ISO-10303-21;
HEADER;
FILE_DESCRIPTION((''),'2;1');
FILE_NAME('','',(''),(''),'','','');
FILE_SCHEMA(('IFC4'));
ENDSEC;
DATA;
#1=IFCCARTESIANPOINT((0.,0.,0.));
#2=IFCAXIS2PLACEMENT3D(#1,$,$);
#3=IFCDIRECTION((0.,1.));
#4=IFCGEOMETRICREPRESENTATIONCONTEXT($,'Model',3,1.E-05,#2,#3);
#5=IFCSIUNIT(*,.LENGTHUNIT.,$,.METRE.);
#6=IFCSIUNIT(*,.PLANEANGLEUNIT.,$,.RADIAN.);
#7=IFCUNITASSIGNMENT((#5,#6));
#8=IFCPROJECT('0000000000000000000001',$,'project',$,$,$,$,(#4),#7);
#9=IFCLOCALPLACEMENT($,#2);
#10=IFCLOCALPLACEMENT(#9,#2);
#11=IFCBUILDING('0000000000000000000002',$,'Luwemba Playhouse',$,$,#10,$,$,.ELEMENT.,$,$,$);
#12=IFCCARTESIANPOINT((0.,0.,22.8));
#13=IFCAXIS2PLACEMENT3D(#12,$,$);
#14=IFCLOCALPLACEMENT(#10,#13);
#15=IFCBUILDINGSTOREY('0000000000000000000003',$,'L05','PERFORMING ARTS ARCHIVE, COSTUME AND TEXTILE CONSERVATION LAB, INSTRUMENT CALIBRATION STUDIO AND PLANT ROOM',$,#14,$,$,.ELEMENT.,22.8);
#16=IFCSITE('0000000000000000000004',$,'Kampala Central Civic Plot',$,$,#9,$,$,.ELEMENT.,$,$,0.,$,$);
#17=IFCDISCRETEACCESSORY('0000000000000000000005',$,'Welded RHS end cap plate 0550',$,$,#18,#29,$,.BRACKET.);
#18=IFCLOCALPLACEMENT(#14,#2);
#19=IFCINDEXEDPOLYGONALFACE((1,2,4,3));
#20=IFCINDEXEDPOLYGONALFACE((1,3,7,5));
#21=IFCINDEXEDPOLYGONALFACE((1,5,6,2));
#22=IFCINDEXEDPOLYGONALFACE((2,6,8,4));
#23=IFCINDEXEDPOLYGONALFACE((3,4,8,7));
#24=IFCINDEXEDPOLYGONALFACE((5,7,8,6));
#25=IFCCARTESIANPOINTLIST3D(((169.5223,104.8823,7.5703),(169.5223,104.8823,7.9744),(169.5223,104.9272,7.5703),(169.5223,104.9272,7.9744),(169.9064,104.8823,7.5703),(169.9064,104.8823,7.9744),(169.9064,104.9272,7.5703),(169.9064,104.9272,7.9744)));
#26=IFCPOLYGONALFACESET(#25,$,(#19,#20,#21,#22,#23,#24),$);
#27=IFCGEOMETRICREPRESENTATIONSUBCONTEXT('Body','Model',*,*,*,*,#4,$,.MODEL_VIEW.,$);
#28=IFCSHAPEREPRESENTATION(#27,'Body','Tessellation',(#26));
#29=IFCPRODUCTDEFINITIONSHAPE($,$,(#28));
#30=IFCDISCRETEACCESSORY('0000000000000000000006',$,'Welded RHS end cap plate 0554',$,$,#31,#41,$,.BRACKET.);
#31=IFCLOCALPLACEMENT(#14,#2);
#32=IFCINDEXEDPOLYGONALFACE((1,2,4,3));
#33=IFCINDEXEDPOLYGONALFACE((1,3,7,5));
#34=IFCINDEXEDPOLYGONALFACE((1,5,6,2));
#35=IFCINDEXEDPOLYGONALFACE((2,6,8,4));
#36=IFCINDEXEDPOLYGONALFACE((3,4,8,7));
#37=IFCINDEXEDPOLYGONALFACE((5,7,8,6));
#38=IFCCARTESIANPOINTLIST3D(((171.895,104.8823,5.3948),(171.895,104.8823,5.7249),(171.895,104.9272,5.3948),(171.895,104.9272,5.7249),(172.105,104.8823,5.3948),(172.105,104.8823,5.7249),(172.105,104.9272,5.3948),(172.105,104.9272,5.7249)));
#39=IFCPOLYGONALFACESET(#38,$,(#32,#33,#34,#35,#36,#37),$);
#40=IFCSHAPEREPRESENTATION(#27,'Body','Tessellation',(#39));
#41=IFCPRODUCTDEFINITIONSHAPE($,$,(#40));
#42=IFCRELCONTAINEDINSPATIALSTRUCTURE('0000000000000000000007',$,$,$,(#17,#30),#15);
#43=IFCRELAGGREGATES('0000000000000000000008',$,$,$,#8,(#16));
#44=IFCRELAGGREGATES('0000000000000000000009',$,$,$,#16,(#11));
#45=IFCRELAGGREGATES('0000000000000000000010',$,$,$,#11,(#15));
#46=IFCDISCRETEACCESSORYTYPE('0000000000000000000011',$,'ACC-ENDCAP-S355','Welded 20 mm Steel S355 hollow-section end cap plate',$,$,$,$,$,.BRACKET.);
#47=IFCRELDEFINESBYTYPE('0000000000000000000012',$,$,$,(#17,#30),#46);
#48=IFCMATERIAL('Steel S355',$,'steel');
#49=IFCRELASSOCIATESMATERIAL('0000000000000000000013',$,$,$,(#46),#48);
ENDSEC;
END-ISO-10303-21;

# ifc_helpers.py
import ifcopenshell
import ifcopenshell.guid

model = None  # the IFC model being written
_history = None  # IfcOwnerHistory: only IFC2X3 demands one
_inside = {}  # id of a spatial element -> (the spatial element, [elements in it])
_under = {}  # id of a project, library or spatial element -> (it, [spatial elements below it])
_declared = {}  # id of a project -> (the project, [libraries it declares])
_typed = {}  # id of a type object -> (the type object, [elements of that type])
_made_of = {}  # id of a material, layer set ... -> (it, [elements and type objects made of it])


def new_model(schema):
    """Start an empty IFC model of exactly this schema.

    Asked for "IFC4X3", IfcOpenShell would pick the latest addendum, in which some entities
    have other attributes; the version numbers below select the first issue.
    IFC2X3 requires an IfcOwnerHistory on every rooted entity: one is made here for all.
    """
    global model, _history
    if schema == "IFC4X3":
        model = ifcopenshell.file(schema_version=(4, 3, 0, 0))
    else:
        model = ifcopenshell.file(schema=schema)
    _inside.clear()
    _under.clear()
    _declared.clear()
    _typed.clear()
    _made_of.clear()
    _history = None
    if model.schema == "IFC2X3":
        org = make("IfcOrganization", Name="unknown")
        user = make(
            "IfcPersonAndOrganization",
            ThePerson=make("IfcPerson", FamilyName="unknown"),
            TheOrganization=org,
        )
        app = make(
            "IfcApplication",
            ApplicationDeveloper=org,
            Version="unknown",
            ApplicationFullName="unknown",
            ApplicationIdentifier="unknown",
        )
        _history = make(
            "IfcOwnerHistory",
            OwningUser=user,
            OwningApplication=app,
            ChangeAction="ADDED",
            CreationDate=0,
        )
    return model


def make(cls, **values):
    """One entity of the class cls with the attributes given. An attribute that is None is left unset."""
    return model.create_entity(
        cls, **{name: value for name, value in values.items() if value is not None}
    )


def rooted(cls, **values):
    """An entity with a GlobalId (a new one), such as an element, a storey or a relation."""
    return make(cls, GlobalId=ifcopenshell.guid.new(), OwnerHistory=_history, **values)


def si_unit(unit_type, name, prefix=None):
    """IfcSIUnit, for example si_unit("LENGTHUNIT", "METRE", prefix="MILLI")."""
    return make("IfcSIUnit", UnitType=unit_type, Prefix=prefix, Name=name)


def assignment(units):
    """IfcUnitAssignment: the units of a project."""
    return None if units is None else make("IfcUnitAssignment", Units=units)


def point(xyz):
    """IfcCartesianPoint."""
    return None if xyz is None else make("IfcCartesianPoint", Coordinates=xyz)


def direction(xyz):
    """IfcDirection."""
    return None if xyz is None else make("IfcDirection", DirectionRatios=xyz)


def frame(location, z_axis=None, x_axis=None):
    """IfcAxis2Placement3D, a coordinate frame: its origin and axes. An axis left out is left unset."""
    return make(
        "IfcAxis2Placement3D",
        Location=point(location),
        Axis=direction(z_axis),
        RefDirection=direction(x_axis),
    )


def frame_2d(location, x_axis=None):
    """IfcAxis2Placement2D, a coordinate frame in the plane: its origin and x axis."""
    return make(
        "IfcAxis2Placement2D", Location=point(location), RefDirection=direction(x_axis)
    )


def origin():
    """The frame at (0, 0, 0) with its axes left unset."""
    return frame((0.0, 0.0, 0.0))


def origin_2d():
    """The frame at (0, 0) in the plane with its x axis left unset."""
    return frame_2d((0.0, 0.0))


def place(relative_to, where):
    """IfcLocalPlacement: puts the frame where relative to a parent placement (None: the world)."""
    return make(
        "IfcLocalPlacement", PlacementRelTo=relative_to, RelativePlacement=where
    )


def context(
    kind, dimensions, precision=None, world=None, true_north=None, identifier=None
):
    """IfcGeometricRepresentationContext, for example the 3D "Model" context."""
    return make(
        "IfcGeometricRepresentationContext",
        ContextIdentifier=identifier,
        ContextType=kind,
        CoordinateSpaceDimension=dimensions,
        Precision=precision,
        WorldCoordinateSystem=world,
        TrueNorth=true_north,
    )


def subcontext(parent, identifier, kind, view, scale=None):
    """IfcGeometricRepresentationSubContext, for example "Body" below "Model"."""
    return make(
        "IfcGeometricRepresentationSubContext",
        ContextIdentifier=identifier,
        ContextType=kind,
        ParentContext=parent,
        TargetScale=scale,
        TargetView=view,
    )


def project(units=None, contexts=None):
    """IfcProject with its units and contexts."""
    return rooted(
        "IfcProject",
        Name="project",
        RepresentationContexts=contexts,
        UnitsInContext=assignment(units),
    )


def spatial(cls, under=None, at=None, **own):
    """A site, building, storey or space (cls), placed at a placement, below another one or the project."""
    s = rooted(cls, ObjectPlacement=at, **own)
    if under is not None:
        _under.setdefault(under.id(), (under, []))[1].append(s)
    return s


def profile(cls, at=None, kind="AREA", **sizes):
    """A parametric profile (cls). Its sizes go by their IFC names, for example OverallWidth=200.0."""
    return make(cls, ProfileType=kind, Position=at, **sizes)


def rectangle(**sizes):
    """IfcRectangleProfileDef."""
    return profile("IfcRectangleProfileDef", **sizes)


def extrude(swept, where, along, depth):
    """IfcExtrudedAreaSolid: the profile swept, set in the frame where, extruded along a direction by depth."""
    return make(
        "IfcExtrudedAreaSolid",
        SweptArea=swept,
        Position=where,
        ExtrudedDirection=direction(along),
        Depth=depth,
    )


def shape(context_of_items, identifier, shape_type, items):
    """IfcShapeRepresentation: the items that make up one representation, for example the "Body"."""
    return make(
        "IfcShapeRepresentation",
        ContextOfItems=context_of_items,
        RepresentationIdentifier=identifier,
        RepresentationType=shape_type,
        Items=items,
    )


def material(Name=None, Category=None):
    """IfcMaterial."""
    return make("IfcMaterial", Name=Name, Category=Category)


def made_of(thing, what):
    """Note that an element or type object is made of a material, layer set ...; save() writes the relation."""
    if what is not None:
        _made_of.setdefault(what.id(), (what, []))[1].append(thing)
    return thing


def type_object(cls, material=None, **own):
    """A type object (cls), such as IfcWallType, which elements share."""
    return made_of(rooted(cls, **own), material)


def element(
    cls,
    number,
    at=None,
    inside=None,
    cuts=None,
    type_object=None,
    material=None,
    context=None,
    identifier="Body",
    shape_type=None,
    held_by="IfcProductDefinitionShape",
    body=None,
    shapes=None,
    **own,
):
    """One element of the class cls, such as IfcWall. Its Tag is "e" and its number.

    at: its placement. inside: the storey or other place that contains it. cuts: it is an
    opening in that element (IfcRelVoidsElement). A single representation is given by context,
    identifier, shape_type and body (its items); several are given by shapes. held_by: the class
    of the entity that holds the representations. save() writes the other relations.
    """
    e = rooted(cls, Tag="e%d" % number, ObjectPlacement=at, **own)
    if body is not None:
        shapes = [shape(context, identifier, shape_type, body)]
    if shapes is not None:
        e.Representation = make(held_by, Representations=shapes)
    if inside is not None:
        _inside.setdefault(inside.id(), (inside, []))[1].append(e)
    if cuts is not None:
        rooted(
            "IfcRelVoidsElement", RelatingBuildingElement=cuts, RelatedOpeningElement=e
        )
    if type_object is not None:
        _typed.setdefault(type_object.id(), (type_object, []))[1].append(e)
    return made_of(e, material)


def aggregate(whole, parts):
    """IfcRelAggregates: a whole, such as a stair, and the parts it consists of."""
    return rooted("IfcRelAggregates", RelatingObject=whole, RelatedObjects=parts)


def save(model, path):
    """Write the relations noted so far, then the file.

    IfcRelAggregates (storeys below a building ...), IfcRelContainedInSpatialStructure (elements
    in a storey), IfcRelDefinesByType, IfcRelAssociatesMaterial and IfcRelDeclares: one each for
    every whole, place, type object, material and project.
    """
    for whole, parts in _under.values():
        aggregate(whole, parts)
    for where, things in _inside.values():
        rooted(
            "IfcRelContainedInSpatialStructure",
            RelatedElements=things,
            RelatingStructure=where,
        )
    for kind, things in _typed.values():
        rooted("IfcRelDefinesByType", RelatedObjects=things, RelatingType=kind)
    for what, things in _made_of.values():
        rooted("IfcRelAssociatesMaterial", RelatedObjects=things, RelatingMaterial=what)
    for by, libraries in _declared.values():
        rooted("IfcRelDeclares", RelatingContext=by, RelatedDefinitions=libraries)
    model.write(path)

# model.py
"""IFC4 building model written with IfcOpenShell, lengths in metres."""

from ifc_helpers import new_model, si_unit, direction, frame, origin, origin_2d, place, context, subcontext, project, spatial, rectangle, extrude, material, type_object, element, save


model = new_model("IFC4")

# Units and contexts
model_context = context("Model", 3, precision=1e-05, world=origin(), true_north=direction((0.0, 1.0)))
body_context = subcontext(model_context, "Body", "Model", "MODEL_VIEW")
ifc_project = project(units=[si_unit("LENGTHUNIT", "METRE"), si_unit("PLANEANGLEUNIT", "RADIAN")], contexts=[model_context])

# Site, building, storey
site_placement = place(None, origin())
site = spatial("IfcSite", under=ifc_project, at=site_placement, Name="Kampala Central Civic Plot", CompositionType="ELEMENT", RefElevation=0.0)
building_placement = place(site_placement, origin())
building = spatial("IfcBuilding", under=site, at=building_placement, Name="Luwemba Playhouse", CompositionType="ELEMENT")
storey_placement = place(building_placement, frame((0.0, 0.0, 22.8)))
storey = spatial("IfcBuildingStorey", under=building, at=storey_placement, Name="L05", Description="PERFORMING ARTS ARCHIVE, COSTUME AND TEXTILE CONSERVATION LAB, INSTRUMENT CALIBRATION STUDIO AND PLANT ROOM", CompositionType="ELEMENT", Elevation=22.8)

# Shared definitions
ifc_material_1 = material(Name="Steel S355", Category="steel")

# Discrete accessories
discrete_accessory_type = type_object("IfcDiscreteAccessoryType", Name="ACC-ENDCAP-S355", Description="Welded 20 mm Steel S355 hollow-section end cap plate", PredefinedType="BRACKET", material=ifc_material_1)
discrete_accessory_1_placement = place(storey_placement, frame((169.7144, 104.9048, 7.5703), z_axis=(0.0, 0.0, 1.0), x_axis=(1.0, 0.0, 0.0)))
element("IfcDiscreteAccessory", 1, at=discrete_accessory_1_placement, inside=storey, type_object=discrete_accessory_type, Name="Welded RHS end cap plate 0550", PredefinedType="BRACKET", context=body_context, shape_type="SweptSolid", body=[
    extrude(rectangle(XDim=0.384, YDim=0.0449, at=origin_2d()), origin(), (0.0, 0.0, 1.0), 0.4041),
])
discrete_accessory_2_placement = place(storey_placement, frame((172.0, 104.9048, 5.3948), z_axis=(0.0, 0.0, 1.0), x_axis=(1.0, 0.0, 0.0)))
element("IfcDiscreteAccessory", 2, at=discrete_accessory_2_placement, inside=storey, type_object=discrete_accessory_type, Name="Welded RHS end cap plate 0554", PredefinedType="BRACKET", context=body_context, shape_type="SweptSolid", body=[
    extrude(rectangle(XDim=0.21, YDim=0.0449, at=origin_2d()), origin(), (0.0, 0.0, 1.0), 0.3301),
])

save(model, "model.ifc")
